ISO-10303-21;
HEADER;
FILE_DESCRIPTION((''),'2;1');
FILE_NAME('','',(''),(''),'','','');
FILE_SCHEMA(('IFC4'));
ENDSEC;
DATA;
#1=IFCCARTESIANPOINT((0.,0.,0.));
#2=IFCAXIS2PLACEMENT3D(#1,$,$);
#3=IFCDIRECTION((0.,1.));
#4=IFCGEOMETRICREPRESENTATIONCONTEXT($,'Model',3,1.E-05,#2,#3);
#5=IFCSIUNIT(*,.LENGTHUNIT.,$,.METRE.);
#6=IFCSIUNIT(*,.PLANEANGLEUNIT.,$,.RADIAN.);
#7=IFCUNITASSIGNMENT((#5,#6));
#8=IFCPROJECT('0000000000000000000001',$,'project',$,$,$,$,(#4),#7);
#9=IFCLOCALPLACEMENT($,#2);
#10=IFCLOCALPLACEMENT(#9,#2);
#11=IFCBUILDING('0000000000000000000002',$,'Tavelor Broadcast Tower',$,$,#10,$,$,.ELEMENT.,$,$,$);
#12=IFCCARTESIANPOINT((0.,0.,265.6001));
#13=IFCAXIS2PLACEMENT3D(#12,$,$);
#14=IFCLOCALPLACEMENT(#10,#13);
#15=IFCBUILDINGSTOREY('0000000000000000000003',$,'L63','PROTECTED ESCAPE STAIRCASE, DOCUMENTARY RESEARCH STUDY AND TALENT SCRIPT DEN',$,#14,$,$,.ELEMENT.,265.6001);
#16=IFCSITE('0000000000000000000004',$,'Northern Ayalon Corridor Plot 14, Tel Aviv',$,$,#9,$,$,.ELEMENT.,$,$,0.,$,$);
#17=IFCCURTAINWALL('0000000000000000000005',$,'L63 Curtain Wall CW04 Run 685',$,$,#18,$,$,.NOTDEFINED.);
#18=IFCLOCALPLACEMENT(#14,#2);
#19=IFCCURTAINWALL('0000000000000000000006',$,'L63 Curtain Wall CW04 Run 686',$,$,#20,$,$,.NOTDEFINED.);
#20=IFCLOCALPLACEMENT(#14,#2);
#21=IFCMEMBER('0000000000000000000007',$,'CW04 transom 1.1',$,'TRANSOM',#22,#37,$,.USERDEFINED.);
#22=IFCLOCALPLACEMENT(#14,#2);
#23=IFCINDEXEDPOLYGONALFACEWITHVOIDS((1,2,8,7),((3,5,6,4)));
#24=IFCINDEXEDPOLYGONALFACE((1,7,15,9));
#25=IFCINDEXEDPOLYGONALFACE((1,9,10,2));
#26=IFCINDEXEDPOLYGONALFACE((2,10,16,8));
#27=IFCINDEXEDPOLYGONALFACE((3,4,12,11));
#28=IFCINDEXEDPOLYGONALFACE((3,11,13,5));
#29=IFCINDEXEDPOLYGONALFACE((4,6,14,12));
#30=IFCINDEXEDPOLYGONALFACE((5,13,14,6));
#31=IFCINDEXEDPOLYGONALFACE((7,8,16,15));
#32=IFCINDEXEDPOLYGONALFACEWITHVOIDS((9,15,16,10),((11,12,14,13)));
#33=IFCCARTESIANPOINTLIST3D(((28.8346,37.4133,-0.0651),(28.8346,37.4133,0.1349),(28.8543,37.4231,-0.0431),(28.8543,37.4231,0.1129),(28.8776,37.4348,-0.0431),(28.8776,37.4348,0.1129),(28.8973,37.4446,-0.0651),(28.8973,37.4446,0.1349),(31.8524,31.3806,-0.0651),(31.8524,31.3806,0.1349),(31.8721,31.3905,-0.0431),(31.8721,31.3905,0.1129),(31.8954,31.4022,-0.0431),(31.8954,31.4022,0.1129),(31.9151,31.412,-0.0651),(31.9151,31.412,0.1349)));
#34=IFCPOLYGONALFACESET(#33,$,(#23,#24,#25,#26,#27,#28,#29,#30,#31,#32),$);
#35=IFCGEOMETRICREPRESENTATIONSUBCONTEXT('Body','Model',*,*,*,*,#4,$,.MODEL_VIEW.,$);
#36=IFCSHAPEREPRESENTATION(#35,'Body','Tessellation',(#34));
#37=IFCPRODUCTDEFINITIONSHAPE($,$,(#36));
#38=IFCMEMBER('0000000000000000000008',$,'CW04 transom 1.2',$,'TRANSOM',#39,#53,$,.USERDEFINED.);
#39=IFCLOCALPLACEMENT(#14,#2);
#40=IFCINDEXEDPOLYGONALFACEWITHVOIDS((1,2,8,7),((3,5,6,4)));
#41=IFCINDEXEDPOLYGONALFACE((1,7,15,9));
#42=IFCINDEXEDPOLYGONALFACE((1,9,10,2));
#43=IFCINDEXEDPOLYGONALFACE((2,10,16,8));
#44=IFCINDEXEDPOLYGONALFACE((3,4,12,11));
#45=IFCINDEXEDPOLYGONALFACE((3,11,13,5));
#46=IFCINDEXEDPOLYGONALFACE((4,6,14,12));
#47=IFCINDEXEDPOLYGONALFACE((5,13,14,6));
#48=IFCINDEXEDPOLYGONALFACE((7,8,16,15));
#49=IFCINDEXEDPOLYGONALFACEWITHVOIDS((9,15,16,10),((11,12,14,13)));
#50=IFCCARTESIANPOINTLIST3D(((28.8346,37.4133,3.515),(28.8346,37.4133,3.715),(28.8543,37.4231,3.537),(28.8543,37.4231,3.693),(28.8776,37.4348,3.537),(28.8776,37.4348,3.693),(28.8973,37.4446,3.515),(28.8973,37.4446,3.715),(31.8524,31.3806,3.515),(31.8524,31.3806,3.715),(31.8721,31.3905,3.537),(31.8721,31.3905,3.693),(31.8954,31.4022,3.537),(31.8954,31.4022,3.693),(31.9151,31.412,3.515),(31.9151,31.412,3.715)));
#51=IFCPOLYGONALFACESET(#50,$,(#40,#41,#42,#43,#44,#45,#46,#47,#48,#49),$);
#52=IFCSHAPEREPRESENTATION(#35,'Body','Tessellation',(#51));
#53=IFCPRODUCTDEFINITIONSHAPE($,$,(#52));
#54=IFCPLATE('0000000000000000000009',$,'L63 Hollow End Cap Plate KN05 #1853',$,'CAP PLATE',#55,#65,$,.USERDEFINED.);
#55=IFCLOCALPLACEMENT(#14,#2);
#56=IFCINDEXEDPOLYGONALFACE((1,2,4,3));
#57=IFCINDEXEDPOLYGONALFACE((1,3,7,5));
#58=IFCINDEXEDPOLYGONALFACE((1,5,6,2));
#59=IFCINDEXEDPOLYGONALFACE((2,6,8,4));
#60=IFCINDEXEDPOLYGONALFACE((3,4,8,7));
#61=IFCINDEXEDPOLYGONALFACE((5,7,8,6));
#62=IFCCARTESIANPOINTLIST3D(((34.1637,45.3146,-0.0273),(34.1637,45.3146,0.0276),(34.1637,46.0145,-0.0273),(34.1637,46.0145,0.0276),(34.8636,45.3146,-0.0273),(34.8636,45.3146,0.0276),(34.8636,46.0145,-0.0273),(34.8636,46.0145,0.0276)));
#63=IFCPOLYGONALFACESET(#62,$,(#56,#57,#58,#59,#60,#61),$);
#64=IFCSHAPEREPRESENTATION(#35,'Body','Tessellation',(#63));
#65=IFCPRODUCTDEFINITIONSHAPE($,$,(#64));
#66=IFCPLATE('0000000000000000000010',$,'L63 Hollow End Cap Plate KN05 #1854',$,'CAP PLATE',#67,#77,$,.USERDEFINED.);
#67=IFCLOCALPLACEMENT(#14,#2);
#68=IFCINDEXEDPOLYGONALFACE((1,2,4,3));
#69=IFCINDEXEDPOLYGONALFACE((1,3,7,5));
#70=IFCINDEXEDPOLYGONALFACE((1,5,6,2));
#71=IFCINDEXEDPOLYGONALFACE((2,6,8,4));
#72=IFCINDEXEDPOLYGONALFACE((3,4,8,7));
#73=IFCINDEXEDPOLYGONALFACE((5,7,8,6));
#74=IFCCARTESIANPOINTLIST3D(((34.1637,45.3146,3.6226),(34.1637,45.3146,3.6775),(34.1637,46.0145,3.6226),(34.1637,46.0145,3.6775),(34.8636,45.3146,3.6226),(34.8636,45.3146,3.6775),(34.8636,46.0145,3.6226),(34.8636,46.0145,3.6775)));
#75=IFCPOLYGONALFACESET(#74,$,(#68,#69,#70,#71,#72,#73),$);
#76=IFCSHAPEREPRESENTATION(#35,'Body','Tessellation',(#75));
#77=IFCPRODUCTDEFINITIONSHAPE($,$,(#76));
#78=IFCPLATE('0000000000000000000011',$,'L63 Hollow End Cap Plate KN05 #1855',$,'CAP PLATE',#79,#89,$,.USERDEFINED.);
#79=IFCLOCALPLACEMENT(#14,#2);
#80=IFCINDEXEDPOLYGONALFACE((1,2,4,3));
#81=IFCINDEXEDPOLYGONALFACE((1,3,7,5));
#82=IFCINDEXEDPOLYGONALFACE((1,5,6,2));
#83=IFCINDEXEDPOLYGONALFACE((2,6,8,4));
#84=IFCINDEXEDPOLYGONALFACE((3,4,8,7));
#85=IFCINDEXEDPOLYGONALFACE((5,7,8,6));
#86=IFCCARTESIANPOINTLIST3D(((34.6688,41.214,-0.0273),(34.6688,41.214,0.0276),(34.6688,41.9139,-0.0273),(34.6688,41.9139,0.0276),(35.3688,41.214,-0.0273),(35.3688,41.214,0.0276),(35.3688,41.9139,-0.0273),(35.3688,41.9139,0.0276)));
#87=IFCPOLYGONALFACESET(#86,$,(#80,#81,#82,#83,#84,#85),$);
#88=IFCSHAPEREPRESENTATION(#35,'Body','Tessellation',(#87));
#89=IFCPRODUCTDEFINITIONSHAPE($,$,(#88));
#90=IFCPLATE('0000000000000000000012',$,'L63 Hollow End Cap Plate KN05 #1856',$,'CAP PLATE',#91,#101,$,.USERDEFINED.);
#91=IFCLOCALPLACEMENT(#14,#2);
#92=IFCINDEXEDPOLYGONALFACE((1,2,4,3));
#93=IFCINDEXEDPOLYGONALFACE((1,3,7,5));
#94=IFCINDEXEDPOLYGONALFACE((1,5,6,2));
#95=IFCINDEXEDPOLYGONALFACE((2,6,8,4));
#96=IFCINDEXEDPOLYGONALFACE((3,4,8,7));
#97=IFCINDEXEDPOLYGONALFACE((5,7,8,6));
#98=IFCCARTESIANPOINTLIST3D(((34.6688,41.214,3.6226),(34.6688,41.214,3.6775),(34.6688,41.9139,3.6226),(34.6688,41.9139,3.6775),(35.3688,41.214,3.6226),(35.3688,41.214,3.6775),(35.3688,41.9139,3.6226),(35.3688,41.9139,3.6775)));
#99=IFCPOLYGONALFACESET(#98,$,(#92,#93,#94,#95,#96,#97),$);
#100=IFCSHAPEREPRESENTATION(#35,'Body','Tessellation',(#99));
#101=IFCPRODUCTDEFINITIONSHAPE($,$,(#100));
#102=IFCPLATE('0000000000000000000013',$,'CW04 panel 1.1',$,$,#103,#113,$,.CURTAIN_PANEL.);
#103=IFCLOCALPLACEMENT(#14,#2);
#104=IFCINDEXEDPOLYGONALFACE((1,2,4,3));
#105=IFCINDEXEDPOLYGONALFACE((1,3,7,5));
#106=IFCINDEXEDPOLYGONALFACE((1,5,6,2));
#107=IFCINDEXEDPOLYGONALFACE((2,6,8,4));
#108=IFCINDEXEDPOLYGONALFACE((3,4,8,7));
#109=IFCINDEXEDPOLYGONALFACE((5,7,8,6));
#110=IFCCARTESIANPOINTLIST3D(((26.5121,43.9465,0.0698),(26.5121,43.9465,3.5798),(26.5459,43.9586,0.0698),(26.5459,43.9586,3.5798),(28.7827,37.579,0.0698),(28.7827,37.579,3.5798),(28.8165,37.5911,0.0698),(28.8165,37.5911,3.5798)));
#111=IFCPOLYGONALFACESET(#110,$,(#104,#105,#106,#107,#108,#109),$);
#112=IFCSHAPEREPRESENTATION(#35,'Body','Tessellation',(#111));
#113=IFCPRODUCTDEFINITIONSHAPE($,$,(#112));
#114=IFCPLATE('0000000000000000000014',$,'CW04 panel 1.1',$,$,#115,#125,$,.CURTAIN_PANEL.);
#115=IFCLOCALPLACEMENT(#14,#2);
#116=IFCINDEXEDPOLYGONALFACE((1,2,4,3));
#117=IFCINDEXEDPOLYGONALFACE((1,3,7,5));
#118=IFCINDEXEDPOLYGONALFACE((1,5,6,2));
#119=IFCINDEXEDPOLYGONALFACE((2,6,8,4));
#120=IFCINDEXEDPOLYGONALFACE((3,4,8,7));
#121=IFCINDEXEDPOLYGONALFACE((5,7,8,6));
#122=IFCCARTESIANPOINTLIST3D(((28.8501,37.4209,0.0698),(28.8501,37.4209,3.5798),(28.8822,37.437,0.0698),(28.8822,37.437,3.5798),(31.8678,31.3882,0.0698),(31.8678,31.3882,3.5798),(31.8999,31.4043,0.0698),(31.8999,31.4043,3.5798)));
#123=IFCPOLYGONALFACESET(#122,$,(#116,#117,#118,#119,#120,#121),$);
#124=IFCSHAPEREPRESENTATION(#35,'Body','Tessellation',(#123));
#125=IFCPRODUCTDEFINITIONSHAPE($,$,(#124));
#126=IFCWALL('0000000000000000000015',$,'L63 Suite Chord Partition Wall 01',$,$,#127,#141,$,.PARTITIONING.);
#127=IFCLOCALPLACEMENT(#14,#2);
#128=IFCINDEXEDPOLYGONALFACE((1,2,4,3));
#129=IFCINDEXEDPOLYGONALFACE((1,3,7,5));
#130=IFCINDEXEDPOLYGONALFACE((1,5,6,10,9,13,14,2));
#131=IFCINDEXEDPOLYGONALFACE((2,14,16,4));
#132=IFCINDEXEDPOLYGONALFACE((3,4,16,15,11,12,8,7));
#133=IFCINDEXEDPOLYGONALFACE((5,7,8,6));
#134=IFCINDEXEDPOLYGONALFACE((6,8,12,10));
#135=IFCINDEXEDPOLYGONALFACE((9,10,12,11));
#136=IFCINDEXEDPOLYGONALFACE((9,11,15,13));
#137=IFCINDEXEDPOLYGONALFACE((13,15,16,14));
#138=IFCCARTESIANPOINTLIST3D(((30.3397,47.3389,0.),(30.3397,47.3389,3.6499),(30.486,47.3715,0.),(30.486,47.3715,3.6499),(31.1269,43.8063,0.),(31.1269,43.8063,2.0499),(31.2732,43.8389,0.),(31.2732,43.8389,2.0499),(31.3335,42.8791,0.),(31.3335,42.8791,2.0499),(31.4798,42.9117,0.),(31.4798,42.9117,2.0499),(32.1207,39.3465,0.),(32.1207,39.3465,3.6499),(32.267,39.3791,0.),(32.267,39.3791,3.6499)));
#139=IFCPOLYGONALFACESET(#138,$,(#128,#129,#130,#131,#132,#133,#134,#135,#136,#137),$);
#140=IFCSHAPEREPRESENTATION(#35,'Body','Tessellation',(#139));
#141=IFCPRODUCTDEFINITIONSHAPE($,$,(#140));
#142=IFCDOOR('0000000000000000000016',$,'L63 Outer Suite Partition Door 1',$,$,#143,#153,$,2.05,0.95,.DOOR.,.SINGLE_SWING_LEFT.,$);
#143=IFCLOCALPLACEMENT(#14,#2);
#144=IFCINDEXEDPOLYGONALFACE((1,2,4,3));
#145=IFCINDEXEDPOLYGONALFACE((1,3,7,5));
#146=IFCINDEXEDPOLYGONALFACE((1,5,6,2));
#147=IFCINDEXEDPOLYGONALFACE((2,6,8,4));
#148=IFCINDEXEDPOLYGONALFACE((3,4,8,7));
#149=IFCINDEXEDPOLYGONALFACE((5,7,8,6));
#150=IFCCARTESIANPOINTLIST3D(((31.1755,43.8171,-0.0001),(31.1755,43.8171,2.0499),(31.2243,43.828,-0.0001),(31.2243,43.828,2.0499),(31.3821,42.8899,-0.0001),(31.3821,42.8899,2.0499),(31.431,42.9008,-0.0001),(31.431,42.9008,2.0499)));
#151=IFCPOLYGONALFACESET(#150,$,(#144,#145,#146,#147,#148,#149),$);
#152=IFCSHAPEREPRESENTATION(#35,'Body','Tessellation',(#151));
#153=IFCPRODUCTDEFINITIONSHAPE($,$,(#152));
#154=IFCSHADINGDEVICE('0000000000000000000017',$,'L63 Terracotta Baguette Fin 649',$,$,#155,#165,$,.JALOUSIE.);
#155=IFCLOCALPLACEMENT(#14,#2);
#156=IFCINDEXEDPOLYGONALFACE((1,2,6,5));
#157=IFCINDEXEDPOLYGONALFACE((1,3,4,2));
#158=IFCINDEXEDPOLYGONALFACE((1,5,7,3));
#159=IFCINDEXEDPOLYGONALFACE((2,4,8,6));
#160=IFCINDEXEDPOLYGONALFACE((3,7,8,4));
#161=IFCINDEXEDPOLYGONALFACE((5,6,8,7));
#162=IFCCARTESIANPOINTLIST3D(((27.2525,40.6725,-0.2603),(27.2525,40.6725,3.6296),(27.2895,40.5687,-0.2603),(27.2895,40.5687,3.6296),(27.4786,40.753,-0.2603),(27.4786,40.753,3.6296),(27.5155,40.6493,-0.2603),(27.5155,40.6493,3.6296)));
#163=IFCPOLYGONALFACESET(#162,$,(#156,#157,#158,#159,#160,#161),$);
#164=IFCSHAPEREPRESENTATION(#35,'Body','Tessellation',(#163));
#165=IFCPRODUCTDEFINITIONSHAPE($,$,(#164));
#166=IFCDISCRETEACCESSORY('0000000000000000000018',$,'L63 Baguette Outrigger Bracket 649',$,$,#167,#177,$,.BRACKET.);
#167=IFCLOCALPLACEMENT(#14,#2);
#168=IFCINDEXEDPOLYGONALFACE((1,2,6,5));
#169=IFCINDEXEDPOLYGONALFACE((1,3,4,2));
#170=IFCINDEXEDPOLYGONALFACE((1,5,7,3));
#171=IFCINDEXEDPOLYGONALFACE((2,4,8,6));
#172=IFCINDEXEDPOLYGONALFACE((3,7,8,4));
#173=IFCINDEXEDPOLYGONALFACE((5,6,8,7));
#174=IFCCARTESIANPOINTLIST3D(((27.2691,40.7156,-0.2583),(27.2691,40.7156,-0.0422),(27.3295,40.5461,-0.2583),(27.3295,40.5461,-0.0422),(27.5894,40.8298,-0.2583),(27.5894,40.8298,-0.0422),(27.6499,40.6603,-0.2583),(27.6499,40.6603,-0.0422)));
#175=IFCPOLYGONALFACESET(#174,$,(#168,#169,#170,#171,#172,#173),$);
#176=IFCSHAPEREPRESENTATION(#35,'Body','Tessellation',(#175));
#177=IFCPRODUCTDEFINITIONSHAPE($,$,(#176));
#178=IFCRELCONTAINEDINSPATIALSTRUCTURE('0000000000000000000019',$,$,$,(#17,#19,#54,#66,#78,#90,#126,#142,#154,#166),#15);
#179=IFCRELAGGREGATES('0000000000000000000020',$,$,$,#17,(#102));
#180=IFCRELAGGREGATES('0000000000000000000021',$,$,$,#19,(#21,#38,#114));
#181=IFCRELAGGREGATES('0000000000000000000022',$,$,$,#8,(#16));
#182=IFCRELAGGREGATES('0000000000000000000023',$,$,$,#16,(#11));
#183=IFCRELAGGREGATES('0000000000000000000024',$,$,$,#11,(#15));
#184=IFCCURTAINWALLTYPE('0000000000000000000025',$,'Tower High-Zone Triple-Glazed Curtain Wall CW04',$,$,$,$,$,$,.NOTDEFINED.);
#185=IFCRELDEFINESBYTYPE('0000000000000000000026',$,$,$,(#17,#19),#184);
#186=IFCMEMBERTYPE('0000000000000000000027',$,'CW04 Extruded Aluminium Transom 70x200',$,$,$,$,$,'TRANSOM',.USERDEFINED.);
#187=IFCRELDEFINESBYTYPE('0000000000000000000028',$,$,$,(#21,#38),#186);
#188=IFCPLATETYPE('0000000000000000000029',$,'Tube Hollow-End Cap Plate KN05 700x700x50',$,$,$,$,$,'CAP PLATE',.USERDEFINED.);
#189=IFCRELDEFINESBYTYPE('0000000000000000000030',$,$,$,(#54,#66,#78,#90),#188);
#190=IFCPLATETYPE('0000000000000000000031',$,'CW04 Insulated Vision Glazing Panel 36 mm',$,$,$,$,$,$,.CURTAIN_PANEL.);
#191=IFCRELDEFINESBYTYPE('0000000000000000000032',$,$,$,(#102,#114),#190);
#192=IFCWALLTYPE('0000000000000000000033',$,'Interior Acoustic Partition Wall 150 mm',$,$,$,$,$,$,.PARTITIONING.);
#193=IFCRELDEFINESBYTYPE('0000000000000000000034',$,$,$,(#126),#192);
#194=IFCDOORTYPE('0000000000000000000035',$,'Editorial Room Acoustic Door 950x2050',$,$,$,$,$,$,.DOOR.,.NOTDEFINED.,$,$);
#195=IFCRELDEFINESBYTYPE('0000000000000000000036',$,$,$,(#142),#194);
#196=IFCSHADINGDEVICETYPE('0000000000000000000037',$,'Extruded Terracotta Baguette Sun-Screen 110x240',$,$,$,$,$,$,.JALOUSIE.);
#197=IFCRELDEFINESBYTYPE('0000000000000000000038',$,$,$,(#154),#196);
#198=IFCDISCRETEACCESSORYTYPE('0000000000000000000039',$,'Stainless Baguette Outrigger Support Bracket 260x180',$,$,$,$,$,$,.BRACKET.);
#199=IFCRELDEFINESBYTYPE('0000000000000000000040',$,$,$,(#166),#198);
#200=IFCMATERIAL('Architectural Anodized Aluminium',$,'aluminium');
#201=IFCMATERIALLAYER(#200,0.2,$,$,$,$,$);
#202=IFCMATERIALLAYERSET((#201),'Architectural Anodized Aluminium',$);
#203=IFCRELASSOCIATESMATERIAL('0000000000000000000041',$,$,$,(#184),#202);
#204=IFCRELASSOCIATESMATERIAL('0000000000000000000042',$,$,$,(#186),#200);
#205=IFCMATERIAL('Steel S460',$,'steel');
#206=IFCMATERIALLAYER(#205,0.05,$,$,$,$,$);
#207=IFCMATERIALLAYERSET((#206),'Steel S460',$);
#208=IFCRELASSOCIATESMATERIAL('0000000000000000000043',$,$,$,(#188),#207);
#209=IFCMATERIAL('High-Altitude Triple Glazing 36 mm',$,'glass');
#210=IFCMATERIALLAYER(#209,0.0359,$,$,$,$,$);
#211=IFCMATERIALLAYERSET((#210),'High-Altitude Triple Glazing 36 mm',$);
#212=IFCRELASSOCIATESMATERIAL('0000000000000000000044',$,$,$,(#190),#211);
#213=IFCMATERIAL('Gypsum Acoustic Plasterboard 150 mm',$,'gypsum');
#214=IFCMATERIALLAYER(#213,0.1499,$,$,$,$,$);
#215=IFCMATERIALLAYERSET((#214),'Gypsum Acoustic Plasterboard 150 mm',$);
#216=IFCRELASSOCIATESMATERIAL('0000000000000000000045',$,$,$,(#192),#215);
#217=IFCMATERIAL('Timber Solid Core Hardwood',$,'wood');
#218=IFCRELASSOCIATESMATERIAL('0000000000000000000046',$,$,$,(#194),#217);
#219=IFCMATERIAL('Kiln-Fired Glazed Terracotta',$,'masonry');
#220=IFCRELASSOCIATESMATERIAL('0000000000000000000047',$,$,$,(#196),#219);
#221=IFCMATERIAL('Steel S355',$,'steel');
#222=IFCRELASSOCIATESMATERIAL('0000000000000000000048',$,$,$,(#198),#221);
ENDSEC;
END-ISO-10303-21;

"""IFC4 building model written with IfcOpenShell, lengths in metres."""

from ifc_helpers import new_model, si_unit, direction, frame, frame_2d, origin, origin_2d, place, context, subcontext, project, spatial, rectangle, hollow_rectangle, extrude, source, transform, mapped, material, layer, layer_set, material_profile, profile_set, type_object, type_shapes, element, fill, aggregate, save


model = new_model("IFC4")

# Units and contexts
model_context = context("Model", 3, precision=1e-05, world=origin(), true_north=direction((0.0, 1.0)))
body_context = subcontext(model_context, "Body", "Model", "MODEL_VIEW")
ifc_project = project(units=[si_unit("LENGTHUNIT", "METRE"), si_unit("PLANEANGLEUNIT", "RADIAN")], contexts=[model_context])

# Site, building, storey
site_placement = place(None, origin())
site = spatial("IfcSite", under=ifc_project, at=site_placement, Name="Northern Ayalon Corridor Plot 14, Tel Aviv", CompositionType="ELEMENT", RefElevation=0.0)
building_placement = place(site_placement, origin())
building = spatial("IfcBuilding", under=site, at=building_placement, Name="Tavelor Broadcast Tower", CompositionType="ELEMENT")
storey_placement = place(building_placement, frame((0.0, 0.0, 265.6001)))
storey = spatial("IfcBuildingStorey", under=building, at=storey_placement, Name="L63", Description="PROTECTED ESCAPE STAIRCASE, DOCUMENTARY RESEARCH STUDY AND TALENT SCRIPT DEN", CompositionType="ELEMENT", Elevation=265.6001)

# Shared definitions
ifc_material_1 = material(Name="Steel S460", Category="steel")

# Shared definitions
ifc_material_2 = material(Name="Steel S355", Category="steel")

# Curtain wall
ifc_material_3 = material(Name="Architectural Anodized Aluminium", Category="aluminium")
ifc_layer_1 = layer(ifc_material_3, 0.2)
ifc_layer_set_1 = layer_set([ifc_layer_1], Name="Architectural Anodized Aluminium")
curtain_wall_type = type_object("IfcCurtainWallType", Name="Tower High-Zone Triple-Glazed Curtain Wall CW04", PredefinedType="NOTDEFINED", material=ifc_layer_set_1)
curtain_wall_1_placement = place(storey_placement, origin())
curtain_wall_1 = element("IfcCurtainWall", 1, at=curtain_wall_1_placement, inside=storey, type_object=curtain_wall_type, Name="L63 Curtain Wall CW04 Run 685", PredefinedType="NOTDEFINED")

# Curtain wall
curtain_wall_2_placement = place(storey_placement, origin())
curtain_wall_2 = element("IfcCurtainWall", 2, at=curtain_wall_2_placement, inside=storey, type_object=curtain_wall_type, Name="L63 Curtain Wall CW04 Run 686", PredefinedType="NOTDEFINED")

# Members
ifc_material_profile_1 = material_profile(ifc_material_3, hollow_rectangle(XDim=0.0701, YDim=0.2, WallThickness=0.022, at=origin_2d()), Name="RHS 70x200x22")
ifc_profile_set_1 = profile_set([ifc_material_profile_1], Name="Architectural Anodized Aluminium")
member_type_1 = type_object("IfcMemberType", Name="CW04 Extruded Aluminium Transom 70x200", ElementType="TRANSOM", PredefinedType="USERDEFINED", material=ifc_profile_set_1)
shared_shape_1 = source(origin(), body_context, "Body", "SweptSolid", [
    extrude(hollow_rectangle(XDim=0.0701, YDim=0.2, WallThickness=0.022, at=origin_2d()), origin(), (0.0, 0.0, 1.0), 6.7454),
])
member_1_placement = place(storey_placement, frame((28.866, 37.429, 0.0349), z_axis=(0.447387, -0.89434, 0.0), x_axis=(0.89434, 0.447387, 0.0)))
member_1 = element("IfcMember", 3, at=member_1_placement, type_object=member_type_1, Name="CW04 transom 1.1", ObjectType="TRANSOM", PredefinedType="USERDEFINED", context=body_context, shape_type="MappedRepresentation", body=[
    mapped(shared_shape_1, transform((0.0, 0.0, 0.0), scale=1.0)),
])
member_2_placement = place(storey_placement, frame((28.866, 37.429, 3.615), z_axis=(0.447387, -0.89434, 0.0), x_axis=(0.89434, 0.447387, 0.0)))
member_2 = element("IfcMember", 4, at=member_2_placement, type_object=member_type_1, Name="CW04 transom 1.2", ObjectType="TRANSOM", PredefinedType="USERDEFINED", context=body_context, shape_type="MappedRepresentation", body=[
    mapped(shared_shape_1, transform((0.0, 0.0, 0.0), scale=1.0)),
])

# Plates
ifc_layer_2 = layer(ifc_material_1, 0.05)
ifc_layer_set_2 = layer_set([ifc_layer_2], Name="Steel S460")
plate_type_1 = type_object("IfcPlateType", Name="Tube Hollow-End Cap Plate KN05 700x700x50", ElementType="CAP PLATE", PredefinedType="USERDEFINED", material=ifc_layer_set_2)
shared_shape_2 = source(origin(), body_context, "Body", "SweptSolid", [
    extrude(rectangle(XDim=0.7, YDim=0.7, at=origin_2d()), origin(), (0.0, 0.0, 1.0), 0.0549),
])
type_shapes(plate_type_1, [shared_shape_2])
for number, where, z_axis, x_axis, name in (
    (5, (34.5137, 45.6646, -0.0273), (0.0, 0.0, 1.0), (1.0, 0.0, 0.0), "L63 Hollow End Cap Plate KN05 #1853"),
    (6, (34.5137, 45.6646, 3.6226), (0.0, 0.0, 1.0), (1.0, 0.0, 0.0), "L63 Hollow End Cap Plate KN05 #1854"),
    (7, (35.0188, 41.564, -0.0273), (0.0, 0.0, 1.0), (1.0, 0.0, 0.0), "L63 Hollow End Cap Plate KN05 #1855"),
    (8, (35.0188, 41.564, 3.6226), (0.0, 0.0, 1.0), (1.0, 0.0, 0.0), "L63 Hollow End Cap Plate KN05 #1856"),
):
    element("IfcPlate", number, at=place(storey_placement, frame(where, z_axis=z_axis, x_axis=x_axis)), inside=storey, type_object=plate_type_1, Name=name, ObjectType="CAP PLATE", PredefinedType="USERDEFINED", context=body_context, shape_type="MappedRepresentation", body=[
        mapped(shared_shape_2, transform((0.0, 0.0, 0.0), scale=1.0)),
    ])

# Plates
ifc_material_4 = material(Name="High-Altitude Triple Glazing 36 mm", Category="glass")
ifc_layer_3 = layer(ifc_material_4, 0.0359)
ifc_layer_set_3 = layer_set([ifc_layer_3], Name="High-Altitude Triple Glazing 36 mm")
plate_type_2 = type_object("IfcPlateType", Name="CW04 Insulated Vision Glazing Panel 36 mm", PredefinedType="CURTAIN_PANEL", material=ifc_layer_set_3)
shared_shape_3 = source(origin(), body_context, "Body", "SweptSolid", [
    extrude(rectangle(XDim=6.7603, YDim=0.0359, at=origin_2d()), origin(), (0.0, 0.0, 1.0), 3.51),
])
plate_1_placement = place(storey_placement, frame((27.6643, 40.7688, 0.0698), z_axis=(0.0, 0.0, 1.0), x_axis=(0.335867, -0.941909, 0.0)))
plate_1 = element("IfcPlate", 9, at=plate_1_placement, type_object=plate_type_2, Name="CW04 panel 1.1", PredefinedType="CURTAIN_PANEL", context=body_context, shape_type="MappedRepresentation", body=[
    mapped(shared_shape_3, transform((0.0, 0.0, 0.0), scale=1.0)),
])
aggregate(curtain_wall_1, [plate_1])
shared_shape_4 = source(origin(), body_context, "Body", "SweptSolid", [
    extrude(rectangle(XDim=6.7454, YDim=0.0359, at=origin_2d()), origin(), (0.0, 0.0, 1.0), 3.51),
])
type_shapes(plate_type_2, [shared_shape_3, shared_shape_4])
plate_2_placement = place(storey_placement, frame((30.375, 34.4126, 0.0698), z_axis=(0.0, 0.0, 1.0), x_axis=(0.447382, -0.894343, 0.0)))
plate_2 = element("IfcPlate", 10, at=plate_2_placement, type_object=plate_type_2, Name="CW04 panel 1.1", PredefinedType="CURTAIN_PANEL", context=body_context, shape_type="MappedRepresentation", body=[
    mapped(shared_shape_4, transform((0.0, 0.0, 0.0), scale=1.0)),
])
aggregate(curtain_wall_2, [member_1, member_2, plate_2])

# Wall, opening, door
ifc_material_5 = material(Name="Gypsum Acoustic Plasterboard 150 mm", Category="gypsum")
ifc_layer_4 = layer(ifc_material_5, 0.1499)
ifc_layer_set_4 = layer_set([ifc_layer_4], Name="Gypsum Acoustic Plasterboard 150 mm")
wall_type = type_object("IfcWallType", Name="Interior Acoustic Partition Wall 150 mm", PredefinedType="PARTITIONING", material=ifc_layer_set_4)
wall_placement = place(storey_placement, frame((30.4128, 47.3552, 0.0), z_axis=(0.0, 0.0, 1.0), x_axis=(0.217502, -0.97606, 0.0)))
wall = element("IfcWall", 11, at=wall_placement, inside=storey, type_object=wall_type, Name="L63 Suite Chord Partition Wall 01", PredefinedType="PARTITIONING", context=body_context, shape_type="SweptSolid", body=[
    extrude(rectangle(XDim=8.1885, YDim=0.1499, at=frame_2d((4.0942, 0.0))), origin(), (0.0, 0.0, 1.0), 3.6499),
])
opening_placement = place(wall_placement, frame((3.6191, 0.0, 0.0)))
opening = element("IfcOpeningElement", 12, at=opening_placement, cuts=wall, PredefinedType="OPENING", context=body_context, shape_type="SweptSolid", body=[
    extrude(rectangle(XDim=0.95, YDim=2.05, at=frame_2d((0.4751, 1.0249))), frame((0.0, 0.085, 0.0), z_axis=(0.0, -1.0, 0.0), x_axis=(1.0, 0.0, 0.0)), (0.0, 0.0, 1.0), 0.1699),
])
ifc_material_6 = material(Name="Timber Solid Core Hardwood", Category="wood")
door_type = type_object("IfcDoorType", Name="Editorial Room Acoustic Door 950x2050", OperationType="NOTDEFINED", PredefinedType="DOOR", material=ifc_material_6)
door_placement = place(opening_placement, origin())
door = element("IfcDoor", 13, at=door_placement, inside=storey, type_object=door_type, Name="L63 Outer Suite Partition Door 1", OperationType="SINGLE_SWING_LEFT", OverallHeight=2.05, OverallWidth=0.95, PredefinedType="DOOR", context=body_context, shape_type="SweptSolid", body=[
    extrude(rectangle(XDim=0.95, YDim=2.05, at=frame_2d((0.4751, 1.0249))), frame((0.0, 0.0249, 0.0), z_axis=(0.0, -1.0, 0.0), x_axis=(1.0, 0.0, 0.0)), (0.0, 0.0, 1.0), 0.05),
])
fill(opening, door)

# Shading device
ifc_material_7 = material(Name="Kiln-Fired Glazed Terracotta", Category="masonry")
shading_device_type = type_object("IfcShadingDeviceType", Name="Extruded Terracotta Baguette Sun-Screen 110x240", PredefinedType="JALOUSIE", material=ifc_material_7)
shared_shape_5 = source(origin(), body_context, "Body", "SweptSolid", [
    extrude(rectangle(XDim=0.1101, YDim=0.24, at=origin_2d()), origin(), (0.0, 0.0, 1.0), 3.8899),
])
type_shapes(shading_device_type, [shared_shape_5])
shading_device_placement = place(storey_placement, frame((27.384, 40.6609, -0.2603), z_axis=(0.0, 0.0, 1.0), x_axis=(0.33578, -0.94194, 0.0)))
element("IfcShadingDevice", 14, at=shading_device_placement, inside=storey, type_object=shading_device_type, Name="L63 Terracotta Baguette Fin 649", PredefinedType="JALOUSIE", context=body_context, shape_type="MappedRepresentation", body=[
    mapped(shared_shape_5, transform((0.0, 0.0, 0.0), scale=1.0)),
])

# Discrete accessory
discrete_accessory_type = type_object("IfcDiscreteAccessoryType", Name="Stainless Baguette Outrigger Support Bracket 260x180", PredefinedType="BRACKET", material=ifc_material_2)
shared_shape_6 = source(origin(), body_context, "Body", "SweptSolid", [
    extrude(rectangle(XDim=0.1799, YDim=0.3401, at=origin_2d()), origin(), (0.0, 0.0, 1.0), 0.2161),
])
type_shapes(discrete_accessory_type, [shared_shape_6])
discrete_accessory_placement = place(storey_placement, frame((27.4595, 40.688, -0.2583), z_axis=(0.0, 0.0, 1.0), x_axis=(0.33578, -0.94194, 0.0)))
element("IfcDiscreteAccessory", 15, at=discrete_accessory_placement, inside=storey, type_object=discrete_accessory_type, Name="L63 Baguette Outrigger Bracket 649", PredefinedType="BRACKET", context=body_context, shape_type="MappedRepresentation", body=[
    mapped(shared_shape_6, transform((0.0, 0.0, 0.0), scale=1.0)),
])

save(model, "model.ifc")
